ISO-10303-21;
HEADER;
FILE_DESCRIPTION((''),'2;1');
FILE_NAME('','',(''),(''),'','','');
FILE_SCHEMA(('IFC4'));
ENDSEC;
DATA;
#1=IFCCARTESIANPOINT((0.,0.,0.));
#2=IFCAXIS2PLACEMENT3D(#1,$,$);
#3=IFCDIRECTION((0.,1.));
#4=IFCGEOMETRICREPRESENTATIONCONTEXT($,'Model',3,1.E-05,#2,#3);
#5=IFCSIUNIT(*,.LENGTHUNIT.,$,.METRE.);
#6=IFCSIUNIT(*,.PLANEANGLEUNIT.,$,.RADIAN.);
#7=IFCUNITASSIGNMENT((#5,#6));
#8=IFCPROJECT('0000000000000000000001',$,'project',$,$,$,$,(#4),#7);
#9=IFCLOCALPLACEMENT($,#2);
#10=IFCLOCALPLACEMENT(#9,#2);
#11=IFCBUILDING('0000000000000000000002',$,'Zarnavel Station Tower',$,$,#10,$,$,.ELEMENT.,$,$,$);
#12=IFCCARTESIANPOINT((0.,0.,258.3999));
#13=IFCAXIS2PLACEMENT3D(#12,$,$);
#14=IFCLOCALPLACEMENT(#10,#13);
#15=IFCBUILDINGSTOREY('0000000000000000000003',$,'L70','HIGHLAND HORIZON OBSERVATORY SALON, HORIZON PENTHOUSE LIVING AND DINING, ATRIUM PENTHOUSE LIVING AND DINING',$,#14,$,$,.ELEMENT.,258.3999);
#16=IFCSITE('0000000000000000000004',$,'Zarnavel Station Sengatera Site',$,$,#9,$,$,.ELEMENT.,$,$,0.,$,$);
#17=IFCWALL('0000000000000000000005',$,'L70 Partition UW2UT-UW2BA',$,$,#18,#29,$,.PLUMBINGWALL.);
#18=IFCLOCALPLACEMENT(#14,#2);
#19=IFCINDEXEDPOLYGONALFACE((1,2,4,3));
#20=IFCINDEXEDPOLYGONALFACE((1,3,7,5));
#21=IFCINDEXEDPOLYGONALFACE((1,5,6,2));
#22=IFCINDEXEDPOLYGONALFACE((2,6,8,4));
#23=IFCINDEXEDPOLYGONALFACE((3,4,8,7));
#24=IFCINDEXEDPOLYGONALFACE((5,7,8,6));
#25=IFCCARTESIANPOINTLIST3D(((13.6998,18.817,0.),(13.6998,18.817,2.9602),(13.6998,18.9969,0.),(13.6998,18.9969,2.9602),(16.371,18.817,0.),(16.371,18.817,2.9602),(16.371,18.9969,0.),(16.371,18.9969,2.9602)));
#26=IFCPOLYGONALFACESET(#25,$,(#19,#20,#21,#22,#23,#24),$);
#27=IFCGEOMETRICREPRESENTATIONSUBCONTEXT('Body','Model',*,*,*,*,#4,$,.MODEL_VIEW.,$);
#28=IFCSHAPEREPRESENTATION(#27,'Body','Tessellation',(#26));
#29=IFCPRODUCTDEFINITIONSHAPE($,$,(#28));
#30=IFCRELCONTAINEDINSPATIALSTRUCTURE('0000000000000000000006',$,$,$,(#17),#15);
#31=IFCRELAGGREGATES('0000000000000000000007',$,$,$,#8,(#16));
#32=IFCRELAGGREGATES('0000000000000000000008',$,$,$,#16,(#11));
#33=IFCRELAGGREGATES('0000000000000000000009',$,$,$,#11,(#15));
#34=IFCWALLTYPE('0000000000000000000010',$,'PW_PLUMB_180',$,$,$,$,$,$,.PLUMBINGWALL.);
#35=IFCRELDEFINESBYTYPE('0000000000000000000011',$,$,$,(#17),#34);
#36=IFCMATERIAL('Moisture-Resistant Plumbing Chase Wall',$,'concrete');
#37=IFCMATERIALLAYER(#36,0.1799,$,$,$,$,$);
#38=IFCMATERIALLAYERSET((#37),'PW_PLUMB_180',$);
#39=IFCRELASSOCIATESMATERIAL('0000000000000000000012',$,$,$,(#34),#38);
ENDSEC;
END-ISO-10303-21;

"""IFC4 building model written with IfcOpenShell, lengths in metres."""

from ifc_helpers import new_model, si_unit, direction, frame, frame_2d, origin, place, context, subcontext, project, spatial, rectangle, extrude, material, layer, layer_set, type_object, element, save


model = new_model("IFC4")

# Units and contexts
model_context = context("Model", 3, precision=1e-05, world=origin(), true_north=direction((0.0, 1.0)))
body_context = subcontext(model_context, "Body", "Model", "MODEL_VIEW")
ifc_project = project(units=[si_unit("LENGTHUNIT", "METRE"), si_unit("PLANEANGLEUNIT", "RADIAN")], contexts=[model_context])

# Site, building, storey
site_placement = place(None, origin())
site = spatial("IfcSite", under=ifc_project, at=site_placement, Name="Zarnavel Station Sengatera Site", CompositionType="ELEMENT", RefElevation=0.0)
building_placement = place(site_placement, origin())
building = spatial("IfcBuilding", under=site, at=building_placement, Name="Zarnavel Station Tower", CompositionType="ELEMENT")
storey_placement = place(building_placement, frame((0.0, 0.0, 258.3999)))
storey = spatial("IfcBuildingStorey", under=building, at=storey_placement, Name="L70", Description="HIGHLAND HORIZON OBSERVATORY SALON, HORIZON PENTHOUSE LIVING AND DINING, ATRIUM PENTHOUSE LIVING AND DINING", CompositionType="ELEMENT", Elevation=258.3999)

# Shared definitions
ifc_material_1 = material(Name="Moisture-Resistant Plumbing Chase Wall", Category="concrete")
ifc_layer_1 = layer(ifc_material_1, 0.1799)
ifc_layer_set_1 = layer_set([ifc_layer_1], Name="PW_PLUMB_180")
wall_type_1 = type_object("IfcWallType", Name="PW_PLUMB_180", PredefinedType="PLUMBINGWALL", material=ifc_layer_set_1)

# Wall
wall_1_placement = place(storey_placement, frame((13.7, 18.907, 0.0), z_axis=(0.0, 0.0, 1.0), x_axis=(1.0, 0.0, 0.0)))
element("IfcWall", 1, at=wall_1_placement, inside=storey, type_object=wall_type_1, Name="L70 Partition UW2UT-UW2BA", PredefinedType="PLUMBINGWALL", context=body_context, shape_type="SweptSolid", body=[
    extrude(rectangle(XDim=2.6711, YDim=0.1799, at=frame_2d((1.3354, 0.0))), origin(), (0.0, 0.0, 1.0), 2.9602),
])

save(model, "model.ifc")
